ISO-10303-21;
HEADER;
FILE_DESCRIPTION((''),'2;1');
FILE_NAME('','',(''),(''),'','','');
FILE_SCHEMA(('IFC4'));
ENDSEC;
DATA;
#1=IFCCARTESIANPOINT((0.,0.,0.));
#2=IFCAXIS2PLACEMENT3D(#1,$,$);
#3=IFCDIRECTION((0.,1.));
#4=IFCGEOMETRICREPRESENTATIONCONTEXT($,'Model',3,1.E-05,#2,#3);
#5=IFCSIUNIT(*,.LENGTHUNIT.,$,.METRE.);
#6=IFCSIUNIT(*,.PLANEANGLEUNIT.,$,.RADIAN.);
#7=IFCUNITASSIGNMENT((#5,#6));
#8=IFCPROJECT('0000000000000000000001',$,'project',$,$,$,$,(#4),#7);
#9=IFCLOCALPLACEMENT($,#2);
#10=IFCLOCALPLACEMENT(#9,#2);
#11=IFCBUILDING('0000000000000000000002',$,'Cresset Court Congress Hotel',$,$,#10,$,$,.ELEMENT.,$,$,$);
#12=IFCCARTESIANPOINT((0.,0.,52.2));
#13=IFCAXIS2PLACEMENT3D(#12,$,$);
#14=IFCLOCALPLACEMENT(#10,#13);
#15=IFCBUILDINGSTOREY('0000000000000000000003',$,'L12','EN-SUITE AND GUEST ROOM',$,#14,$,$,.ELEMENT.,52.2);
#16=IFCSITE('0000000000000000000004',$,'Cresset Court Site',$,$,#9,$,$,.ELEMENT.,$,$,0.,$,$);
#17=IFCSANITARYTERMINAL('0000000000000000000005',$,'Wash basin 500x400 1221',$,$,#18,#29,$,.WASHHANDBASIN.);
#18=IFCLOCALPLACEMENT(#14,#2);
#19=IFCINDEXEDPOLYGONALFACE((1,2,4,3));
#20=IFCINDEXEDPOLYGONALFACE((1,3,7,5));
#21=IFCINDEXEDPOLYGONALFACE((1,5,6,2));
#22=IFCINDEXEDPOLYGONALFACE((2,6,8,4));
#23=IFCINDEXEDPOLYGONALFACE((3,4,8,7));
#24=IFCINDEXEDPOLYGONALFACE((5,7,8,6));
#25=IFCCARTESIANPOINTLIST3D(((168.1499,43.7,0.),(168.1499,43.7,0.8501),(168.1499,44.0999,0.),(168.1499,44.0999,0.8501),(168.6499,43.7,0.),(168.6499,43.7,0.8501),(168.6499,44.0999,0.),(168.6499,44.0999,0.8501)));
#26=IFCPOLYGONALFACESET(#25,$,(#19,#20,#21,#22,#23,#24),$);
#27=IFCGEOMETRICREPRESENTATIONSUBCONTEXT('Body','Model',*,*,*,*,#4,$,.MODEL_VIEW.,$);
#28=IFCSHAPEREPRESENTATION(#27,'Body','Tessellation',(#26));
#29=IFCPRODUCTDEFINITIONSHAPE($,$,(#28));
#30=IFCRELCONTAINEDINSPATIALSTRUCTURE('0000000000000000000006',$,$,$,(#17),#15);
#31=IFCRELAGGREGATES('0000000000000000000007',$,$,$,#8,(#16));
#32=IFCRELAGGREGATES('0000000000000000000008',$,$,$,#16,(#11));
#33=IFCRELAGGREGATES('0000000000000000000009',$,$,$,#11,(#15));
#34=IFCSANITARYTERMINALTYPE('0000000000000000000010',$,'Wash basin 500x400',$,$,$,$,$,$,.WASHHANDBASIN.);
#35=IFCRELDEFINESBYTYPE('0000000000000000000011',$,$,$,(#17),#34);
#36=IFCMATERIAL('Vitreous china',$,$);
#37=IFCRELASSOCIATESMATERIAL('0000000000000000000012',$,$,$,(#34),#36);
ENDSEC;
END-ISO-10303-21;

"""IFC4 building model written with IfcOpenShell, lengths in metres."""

from ifc_helpers import new_model, si_unit, direction, frame, origin, origin_2d, place, context, subcontext, project, spatial, rectangle, extrude, material, type_object, element, save


model = new_model("IFC4")

# Units and contexts
model_context = context("Model", 3, precision=1e-05, world=origin(), true_north=direction((0.0, 1.0)))
body_context = subcontext(model_context, "Body", "Model", "MODEL_VIEW")
ifc_project = project(units=[si_unit("LENGTHUNIT", "METRE"), si_unit("PLANEANGLEUNIT", "RADIAN")], contexts=[model_context])

# Site, building, storey
site_placement = place(None, origin())
site = spatial("IfcSite", under=ifc_project, at=site_placement, Name="Cresset Court Site", CompositionType="ELEMENT", RefElevation=0.0)
building_placement = place(site_placement, origin())
building = spatial("IfcBuilding", under=site, at=building_placement, Name="Cresset Court Congress Hotel", CompositionType="ELEMENT")
storey_placement = place(building_placement, frame((0.0, 0.0, 52.2)))
storey = spatial("IfcBuildingStorey", under=building, at=storey_placement, Name="L12", Description="EN-SUITE AND GUEST ROOM", CompositionType="ELEMENT", Elevation=52.2)

# Sanitary terminal
ifc_material_1 = material(Name="Vitreous china")
sanitary_terminal_type_1 = type_object("IfcSanitaryTerminalType", Name="Wash basin 500x400", PredefinedType="WASHHANDBASIN", material=ifc_material_1)
sanitary_terminal_1_placement = place(storey_placement, frame((168.3999, 43.8999, 0.0), z_axis=(0.0, 0.0, 1.0), x_axis=(1.0, 0.0, 0.0)))
element("IfcSanitaryTerminal", 1, at=sanitary_terminal_1_placement, inside=storey, type_object=sanitary_terminal_type_1, Name="Wash basin 500x400 1221", PredefinedType="WASHHANDBASIN", context=body_context, shape_type="SweptSolid", body=[
    extrude(rectangle(XDim=0.5, YDim=0.3999, at=origin_2d()), origin(), (0.0, 0.0, 1.0), 0.8501),
])

save(model, "model.ifc")
